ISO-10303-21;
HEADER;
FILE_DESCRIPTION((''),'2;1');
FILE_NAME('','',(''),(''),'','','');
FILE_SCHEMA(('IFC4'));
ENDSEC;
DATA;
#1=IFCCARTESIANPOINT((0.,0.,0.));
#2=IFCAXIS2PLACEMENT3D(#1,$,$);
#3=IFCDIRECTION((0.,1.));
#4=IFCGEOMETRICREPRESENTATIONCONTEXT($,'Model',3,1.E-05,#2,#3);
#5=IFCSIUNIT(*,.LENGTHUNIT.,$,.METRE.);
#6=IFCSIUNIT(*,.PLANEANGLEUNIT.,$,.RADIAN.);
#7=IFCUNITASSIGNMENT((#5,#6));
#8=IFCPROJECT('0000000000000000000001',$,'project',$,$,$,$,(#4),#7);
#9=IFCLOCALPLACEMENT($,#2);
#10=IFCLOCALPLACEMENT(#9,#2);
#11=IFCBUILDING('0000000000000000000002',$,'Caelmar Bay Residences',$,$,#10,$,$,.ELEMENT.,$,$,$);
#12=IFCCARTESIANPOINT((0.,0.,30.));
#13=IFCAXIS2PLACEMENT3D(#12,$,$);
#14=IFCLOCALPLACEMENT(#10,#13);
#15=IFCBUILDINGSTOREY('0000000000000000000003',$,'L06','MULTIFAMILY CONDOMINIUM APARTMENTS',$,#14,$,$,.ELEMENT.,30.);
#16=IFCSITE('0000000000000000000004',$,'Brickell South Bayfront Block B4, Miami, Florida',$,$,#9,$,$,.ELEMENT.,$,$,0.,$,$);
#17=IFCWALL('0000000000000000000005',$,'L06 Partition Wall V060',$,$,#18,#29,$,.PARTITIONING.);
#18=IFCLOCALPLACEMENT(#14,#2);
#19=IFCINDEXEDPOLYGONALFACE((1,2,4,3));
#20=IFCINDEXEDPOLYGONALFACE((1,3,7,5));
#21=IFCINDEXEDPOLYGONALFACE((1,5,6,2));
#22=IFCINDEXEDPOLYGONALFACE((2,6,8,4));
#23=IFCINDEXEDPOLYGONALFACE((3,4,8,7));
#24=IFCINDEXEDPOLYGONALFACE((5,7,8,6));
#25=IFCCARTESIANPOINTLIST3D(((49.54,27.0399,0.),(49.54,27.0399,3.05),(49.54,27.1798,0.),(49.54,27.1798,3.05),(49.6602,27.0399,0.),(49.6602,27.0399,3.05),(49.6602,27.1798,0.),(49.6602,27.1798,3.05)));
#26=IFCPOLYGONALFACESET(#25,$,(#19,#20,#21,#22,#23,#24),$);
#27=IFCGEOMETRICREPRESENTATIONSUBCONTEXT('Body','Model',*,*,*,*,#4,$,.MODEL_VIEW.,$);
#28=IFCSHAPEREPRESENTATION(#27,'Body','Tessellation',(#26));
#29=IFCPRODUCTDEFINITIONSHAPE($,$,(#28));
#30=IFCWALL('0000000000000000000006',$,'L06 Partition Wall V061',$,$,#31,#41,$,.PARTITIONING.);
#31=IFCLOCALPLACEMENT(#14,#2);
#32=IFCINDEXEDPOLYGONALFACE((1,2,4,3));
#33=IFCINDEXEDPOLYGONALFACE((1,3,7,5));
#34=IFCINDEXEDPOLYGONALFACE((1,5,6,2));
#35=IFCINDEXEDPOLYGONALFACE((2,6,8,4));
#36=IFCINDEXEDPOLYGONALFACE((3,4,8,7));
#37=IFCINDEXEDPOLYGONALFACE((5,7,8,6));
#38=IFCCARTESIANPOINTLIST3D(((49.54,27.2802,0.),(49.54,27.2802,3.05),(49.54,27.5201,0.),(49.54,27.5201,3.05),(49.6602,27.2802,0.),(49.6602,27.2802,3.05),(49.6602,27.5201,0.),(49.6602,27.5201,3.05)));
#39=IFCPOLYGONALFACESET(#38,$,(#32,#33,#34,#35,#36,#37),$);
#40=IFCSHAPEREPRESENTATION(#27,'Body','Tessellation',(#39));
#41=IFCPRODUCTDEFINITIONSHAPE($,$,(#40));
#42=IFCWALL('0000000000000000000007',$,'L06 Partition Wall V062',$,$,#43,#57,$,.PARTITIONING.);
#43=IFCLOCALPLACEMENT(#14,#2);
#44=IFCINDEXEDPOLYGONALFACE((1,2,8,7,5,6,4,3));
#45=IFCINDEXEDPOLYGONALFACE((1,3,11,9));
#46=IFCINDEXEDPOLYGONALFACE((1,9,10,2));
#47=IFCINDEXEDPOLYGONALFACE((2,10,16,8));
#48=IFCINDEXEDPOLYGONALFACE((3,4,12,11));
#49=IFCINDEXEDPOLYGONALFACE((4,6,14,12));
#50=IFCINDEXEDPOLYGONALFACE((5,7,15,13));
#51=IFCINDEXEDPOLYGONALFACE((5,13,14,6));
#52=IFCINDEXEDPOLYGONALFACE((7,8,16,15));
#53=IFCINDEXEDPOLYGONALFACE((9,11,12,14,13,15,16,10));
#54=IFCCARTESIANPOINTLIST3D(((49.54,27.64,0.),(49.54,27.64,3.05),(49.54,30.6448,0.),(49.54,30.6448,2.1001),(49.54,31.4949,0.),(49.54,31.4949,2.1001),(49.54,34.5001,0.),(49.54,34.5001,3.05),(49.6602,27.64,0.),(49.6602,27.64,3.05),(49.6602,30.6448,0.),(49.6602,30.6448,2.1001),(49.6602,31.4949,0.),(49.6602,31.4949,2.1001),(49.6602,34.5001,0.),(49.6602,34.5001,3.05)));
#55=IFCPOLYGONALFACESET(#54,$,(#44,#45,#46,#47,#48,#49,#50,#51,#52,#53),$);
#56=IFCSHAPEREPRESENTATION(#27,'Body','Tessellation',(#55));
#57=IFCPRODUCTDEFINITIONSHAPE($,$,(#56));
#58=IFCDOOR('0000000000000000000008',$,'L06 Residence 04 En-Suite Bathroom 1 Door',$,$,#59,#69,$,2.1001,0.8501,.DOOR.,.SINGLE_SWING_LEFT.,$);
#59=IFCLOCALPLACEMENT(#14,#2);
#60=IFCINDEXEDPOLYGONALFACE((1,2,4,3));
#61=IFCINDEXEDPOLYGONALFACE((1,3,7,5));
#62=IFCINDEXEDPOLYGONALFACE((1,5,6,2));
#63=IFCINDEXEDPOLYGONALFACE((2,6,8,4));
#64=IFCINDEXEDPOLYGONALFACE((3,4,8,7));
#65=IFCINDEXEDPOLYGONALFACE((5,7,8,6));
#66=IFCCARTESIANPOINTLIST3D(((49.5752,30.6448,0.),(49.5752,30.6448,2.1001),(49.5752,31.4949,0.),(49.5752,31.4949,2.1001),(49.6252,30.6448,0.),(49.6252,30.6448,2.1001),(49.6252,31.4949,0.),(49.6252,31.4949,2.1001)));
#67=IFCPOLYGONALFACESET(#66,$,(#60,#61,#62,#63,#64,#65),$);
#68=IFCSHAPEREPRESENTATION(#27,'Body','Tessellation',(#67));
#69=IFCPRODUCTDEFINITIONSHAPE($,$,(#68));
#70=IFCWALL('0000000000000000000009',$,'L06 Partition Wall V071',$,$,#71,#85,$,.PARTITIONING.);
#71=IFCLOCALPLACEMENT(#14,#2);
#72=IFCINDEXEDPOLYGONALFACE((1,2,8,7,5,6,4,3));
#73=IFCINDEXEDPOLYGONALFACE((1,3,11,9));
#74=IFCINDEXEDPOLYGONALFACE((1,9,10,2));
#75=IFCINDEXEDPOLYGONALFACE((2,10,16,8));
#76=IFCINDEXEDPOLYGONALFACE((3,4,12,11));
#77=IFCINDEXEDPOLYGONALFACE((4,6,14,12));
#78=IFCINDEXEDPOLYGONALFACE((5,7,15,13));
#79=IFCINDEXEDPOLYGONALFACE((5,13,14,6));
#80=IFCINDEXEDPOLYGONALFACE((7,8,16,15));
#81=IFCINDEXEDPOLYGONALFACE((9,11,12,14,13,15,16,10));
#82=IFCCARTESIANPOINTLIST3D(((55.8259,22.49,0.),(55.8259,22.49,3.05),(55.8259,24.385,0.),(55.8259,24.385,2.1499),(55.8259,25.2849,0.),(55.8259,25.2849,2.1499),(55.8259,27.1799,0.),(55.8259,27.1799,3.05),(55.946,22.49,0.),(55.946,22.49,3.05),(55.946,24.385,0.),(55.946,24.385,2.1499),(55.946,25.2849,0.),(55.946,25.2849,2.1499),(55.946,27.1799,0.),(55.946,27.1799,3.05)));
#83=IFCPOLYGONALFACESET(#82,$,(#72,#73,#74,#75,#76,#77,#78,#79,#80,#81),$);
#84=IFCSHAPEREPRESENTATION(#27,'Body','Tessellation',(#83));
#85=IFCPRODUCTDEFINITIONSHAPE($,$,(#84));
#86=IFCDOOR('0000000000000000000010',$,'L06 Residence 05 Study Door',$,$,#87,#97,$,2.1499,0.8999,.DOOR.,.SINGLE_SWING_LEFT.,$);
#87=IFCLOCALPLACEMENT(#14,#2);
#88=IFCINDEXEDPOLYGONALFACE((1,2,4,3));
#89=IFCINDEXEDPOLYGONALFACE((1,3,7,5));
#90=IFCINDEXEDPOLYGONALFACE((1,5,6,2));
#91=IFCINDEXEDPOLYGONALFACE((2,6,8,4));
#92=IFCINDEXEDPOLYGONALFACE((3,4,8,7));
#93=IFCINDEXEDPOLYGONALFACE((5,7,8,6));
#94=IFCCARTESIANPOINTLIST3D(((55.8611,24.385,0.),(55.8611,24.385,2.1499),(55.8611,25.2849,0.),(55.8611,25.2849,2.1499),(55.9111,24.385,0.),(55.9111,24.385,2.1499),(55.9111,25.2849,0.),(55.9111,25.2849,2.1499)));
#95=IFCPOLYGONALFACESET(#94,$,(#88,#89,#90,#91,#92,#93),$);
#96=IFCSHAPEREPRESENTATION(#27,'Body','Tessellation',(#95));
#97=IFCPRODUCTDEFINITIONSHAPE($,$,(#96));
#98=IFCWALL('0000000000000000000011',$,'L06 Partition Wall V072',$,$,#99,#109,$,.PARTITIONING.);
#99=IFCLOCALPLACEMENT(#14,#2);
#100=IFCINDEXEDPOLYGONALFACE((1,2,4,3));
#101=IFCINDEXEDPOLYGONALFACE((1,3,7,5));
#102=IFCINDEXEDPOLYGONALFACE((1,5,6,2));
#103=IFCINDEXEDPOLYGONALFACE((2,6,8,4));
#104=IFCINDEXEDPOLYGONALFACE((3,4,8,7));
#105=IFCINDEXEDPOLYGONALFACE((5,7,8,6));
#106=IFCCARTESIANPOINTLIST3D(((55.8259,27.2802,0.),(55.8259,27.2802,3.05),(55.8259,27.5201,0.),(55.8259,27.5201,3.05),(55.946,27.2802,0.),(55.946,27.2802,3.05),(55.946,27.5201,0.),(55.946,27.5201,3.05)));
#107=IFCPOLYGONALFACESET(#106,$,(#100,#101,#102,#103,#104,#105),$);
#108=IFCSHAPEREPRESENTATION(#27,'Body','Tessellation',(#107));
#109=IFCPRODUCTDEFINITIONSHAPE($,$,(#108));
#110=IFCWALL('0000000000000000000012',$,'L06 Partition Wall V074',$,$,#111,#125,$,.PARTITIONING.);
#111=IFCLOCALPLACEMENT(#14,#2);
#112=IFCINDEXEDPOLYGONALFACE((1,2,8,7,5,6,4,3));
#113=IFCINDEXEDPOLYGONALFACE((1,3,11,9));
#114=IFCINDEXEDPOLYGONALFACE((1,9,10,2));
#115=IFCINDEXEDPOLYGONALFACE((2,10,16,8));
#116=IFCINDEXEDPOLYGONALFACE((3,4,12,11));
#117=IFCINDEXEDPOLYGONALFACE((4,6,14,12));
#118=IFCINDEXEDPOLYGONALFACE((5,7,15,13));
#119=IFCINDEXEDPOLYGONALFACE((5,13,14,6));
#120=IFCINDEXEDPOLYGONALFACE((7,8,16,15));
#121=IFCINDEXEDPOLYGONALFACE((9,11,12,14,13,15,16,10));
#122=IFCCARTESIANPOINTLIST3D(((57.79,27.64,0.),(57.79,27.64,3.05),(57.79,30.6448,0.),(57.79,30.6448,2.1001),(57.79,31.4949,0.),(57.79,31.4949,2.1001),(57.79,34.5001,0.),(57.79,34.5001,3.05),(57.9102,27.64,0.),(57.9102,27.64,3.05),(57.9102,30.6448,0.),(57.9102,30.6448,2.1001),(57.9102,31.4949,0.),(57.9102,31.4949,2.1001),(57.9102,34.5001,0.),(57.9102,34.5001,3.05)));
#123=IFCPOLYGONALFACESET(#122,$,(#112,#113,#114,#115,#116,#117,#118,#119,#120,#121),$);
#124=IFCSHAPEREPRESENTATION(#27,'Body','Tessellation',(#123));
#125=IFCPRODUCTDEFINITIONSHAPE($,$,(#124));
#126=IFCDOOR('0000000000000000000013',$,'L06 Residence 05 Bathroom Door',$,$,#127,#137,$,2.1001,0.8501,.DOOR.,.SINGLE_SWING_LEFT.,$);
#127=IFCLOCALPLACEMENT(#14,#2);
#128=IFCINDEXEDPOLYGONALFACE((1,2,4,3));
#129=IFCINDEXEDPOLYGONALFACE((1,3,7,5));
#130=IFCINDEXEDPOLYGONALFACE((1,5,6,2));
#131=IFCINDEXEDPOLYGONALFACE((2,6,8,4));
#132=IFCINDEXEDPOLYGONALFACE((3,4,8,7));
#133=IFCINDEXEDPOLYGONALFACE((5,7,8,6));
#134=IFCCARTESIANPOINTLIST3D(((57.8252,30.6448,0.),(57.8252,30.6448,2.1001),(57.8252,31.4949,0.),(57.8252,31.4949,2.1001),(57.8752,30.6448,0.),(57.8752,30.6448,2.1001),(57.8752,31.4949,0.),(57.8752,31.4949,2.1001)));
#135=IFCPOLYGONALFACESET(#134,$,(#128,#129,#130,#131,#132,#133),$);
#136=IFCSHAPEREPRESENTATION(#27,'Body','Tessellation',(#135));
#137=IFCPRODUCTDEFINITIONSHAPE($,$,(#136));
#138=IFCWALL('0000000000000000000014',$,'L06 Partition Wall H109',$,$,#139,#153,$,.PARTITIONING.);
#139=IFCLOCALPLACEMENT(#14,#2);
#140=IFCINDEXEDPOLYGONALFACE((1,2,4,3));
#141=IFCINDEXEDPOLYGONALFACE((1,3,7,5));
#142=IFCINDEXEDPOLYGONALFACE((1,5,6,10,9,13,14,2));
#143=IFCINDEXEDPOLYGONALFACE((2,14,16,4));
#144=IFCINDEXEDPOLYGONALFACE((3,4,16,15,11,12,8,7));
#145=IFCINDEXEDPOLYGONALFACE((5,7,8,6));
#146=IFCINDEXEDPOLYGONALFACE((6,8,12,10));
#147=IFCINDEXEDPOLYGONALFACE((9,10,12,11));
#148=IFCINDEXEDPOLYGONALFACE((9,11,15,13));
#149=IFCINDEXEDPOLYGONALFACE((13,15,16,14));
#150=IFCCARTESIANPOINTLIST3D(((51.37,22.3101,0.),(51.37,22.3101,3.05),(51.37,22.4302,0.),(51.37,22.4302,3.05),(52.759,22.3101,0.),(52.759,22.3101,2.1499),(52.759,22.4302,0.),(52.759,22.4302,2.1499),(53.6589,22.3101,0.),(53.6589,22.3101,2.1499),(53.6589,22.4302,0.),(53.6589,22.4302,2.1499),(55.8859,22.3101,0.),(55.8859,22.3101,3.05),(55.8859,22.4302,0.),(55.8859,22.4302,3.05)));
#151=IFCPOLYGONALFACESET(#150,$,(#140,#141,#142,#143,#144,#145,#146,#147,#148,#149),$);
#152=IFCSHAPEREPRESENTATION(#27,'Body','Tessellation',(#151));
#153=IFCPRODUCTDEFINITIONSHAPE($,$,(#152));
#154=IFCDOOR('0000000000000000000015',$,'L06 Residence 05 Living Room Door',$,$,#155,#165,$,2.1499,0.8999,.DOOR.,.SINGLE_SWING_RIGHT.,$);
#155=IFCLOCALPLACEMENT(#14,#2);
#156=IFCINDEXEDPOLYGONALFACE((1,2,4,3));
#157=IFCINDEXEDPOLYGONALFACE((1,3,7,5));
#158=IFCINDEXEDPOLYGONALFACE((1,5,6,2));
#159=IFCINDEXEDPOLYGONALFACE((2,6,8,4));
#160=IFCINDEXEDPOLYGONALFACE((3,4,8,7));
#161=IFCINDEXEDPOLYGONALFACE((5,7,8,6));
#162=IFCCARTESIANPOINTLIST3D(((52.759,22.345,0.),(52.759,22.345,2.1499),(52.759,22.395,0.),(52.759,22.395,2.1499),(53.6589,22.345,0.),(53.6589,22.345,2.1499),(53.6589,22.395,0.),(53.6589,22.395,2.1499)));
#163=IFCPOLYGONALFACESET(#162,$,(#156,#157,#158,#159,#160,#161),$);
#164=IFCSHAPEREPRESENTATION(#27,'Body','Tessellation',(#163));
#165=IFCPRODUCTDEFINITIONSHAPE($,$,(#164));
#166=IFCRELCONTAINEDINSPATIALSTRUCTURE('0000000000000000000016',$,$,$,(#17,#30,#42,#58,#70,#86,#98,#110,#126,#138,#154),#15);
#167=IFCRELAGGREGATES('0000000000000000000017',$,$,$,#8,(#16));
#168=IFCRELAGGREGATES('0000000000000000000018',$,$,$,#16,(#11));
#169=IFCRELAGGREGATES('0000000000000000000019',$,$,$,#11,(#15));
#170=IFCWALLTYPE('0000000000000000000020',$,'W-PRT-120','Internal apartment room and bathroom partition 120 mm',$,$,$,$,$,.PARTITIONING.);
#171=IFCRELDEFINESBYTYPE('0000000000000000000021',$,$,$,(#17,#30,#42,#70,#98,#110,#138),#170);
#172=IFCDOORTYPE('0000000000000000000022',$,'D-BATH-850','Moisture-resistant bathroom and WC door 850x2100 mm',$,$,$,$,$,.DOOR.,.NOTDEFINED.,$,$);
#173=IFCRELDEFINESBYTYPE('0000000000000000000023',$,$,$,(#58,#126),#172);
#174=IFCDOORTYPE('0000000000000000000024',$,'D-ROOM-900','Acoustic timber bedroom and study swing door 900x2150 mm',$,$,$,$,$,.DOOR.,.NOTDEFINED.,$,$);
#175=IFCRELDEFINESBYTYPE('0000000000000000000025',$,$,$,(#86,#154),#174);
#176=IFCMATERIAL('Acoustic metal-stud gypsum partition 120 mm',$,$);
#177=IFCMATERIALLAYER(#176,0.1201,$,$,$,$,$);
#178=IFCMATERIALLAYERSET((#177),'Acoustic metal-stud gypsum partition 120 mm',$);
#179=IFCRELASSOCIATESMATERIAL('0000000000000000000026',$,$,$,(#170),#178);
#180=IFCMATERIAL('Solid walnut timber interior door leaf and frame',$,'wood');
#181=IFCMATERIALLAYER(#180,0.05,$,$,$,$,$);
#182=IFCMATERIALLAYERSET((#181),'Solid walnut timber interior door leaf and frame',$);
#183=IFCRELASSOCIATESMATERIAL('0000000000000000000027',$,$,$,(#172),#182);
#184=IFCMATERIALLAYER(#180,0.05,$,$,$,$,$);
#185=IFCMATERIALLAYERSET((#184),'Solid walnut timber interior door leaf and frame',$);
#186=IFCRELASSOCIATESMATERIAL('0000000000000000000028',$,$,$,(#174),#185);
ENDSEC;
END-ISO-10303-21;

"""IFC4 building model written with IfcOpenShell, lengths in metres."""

from ifc_helpers import new_model, si_unit, direction, frame, frame_2d, origin, place, context, subcontext, project, spatial, rectangle, extrude, material, layer, layer_set, type_object, element, fill, save


model = new_model("IFC4")

# Units and contexts
model_context = context("Model", 3, precision=1e-05, world=origin(), true_north=direction((0.0, 1.0)))
body_context = subcontext(model_context, "Body", "Model", "MODEL_VIEW")
ifc_project = project(units=[si_unit("LENGTHUNIT", "METRE"), si_unit("PLANEANGLEUNIT", "RADIAN")], contexts=[model_context])

# Site, building, storey
site_placement = place(None, origin())
site = spatial("IfcSite", under=ifc_project, at=site_placement, Name="Brickell South Bayfront Block B4, Miami, Florida", CompositionType="ELEMENT", RefElevation=0.0)
building_placement = place(site_placement, origin())
building = spatial("IfcBuilding", under=site, at=building_placement, Name="Caelmar Bay Residences", CompositionType="ELEMENT")
storey_placement = place(building_placement, frame((0.0, 0.0, 30.0)))
storey = spatial("IfcBuildingStorey", under=building, at=storey_placement, Name="L06", Description="MULTIFAMILY CONDOMINIUM APARTMENTS", CompositionType="ELEMENT", Elevation=30.0)

# Walls
ifc_material_1 = material(Name="Acoustic metal-stud gypsum partition 120 mm")
ifc_layer_1 = layer(ifc_material_1, 0.1201)
ifc_layer_set_1 = layer_set([ifc_layer_1], Name="Acoustic metal-stud gypsum partition 120 mm")
wall_type_1 = type_object("IfcWallType", Name="W-PRT-120", Description="Internal apartment room and bathroom partition 120 mm", PredefinedType="PARTITIONING", material=ifc_layer_set_1)
wall_1_placement = place(storey_placement, frame((49.6001, 27.04, 0.0), z_axis=(0.0, 0.0, 1.0), x_axis=(0.0, 1.0, 0.0)))
element("IfcWall", 1, at=wall_1_placement, inside=storey, type_object=wall_type_1, Name="L06 Partition Wall V060", PredefinedType="PARTITIONING", context=body_context, shape_type="SweptSolid", body=[
    extrude(rectangle(XDim=0.1399, YDim=0.1201, at=frame_2d((0.0698, 0.0))), origin(), (0.0, 0.0, 1.0), 3.05),
])
wall_2_placement = place(storey_placement, frame((49.6001, 27.28, 0.0), z_axis=(0.0, 0.0, 1.0), x_axis=(0.0, 1.0, 0.0)))
element("IfcWall", 2, at=wall_2_placement, inside=storey, type_object=wall_type_1, Name="L06 Partition Wall V061", PredefinedType="PARTITIONING", context=body_context, shape_type="SweptSolid", body=[
    extrude(rectangle(XDim=0.24, YDim=0.1201, at=frame_2d((0.1201, 0.0))), origin(), (0.0, 0.0, 1.0), 3.05),
])

# Walls, openings, doors
wall_3_placement = place(storey_placement, frame((49.6001, 27.6399, 0.0), z_axis=(0.0, 0.0, 1.0), x_axis=(0.0, 1.0, 0.0)))
wall_3 = element("IfcWall", 3, at=wall_3_placement, inside=storey, type_object=wall_type_1, Name="L06 Partition Wall V062", PredefinedType="PARTITIONING", context=body_context, shape_type="SweptSolid", body=[
    extrude(rectangle(XDim=6.8601, YDim=0.1201, at=frame_2d((3.4302, 0.0))), origin(), (0.0, 0.0, 1.0), 3.05),
])
opening_1_placement = place(wall_3_placement, frame((3.0049, 0.0, 0.0)))
opening_1 = element("IfcOpeningElement", 4, at=opening_1_placement, cuts=wall_3, PredefinedType="OPENING", context=body_context, shape_type="SweptSolid", body=[
    extrude(rectangle(XDim=0.8501, YDim=2.1001, at=frame_2d((0.425, 1.05))), frame((0.0, 0.0701, 0.0), z_axis=(0.0, -1.0, 0.0), x_axis=(1.0, 0.0, 0.0)), (0.0, 0.0, 1.0), 0.1401),
])
ifc_material_2 = material(Name="Solid walnut timber interior door leaf and frame", Category="wood")
ifc_layer_2 = layer(ifc_material_2, 0.05)
ifc_layer_set_2 = layer_set([ifc_layer_2], Name="Solid walnut timber interior door leaf and frame")
door_type_1 = type_object("IfcDoorType", Name="D-BATH-850", Description="Moisture-resistant bathroom and WC door 850x2100 mm", OperationType="NOTDEFINED", PredefinedType="DOOR", material=ifc_layer_set_2)
door_1_placement = place(opening_1_placement, origin())
door_1 = element("IfcDoor", 5, at=door_1_placement, inside=storey, type_object=door_type_1, Name="L06 Residence 04 En-Suite Bathroom 1 Door", OperationType="SINGLE_SWING_LEFT", OverallHeight=2.1001, OverallWidth=0.8501, PredefinedType="DOOR", context=body_context, shape_type="SweptSolid", body=[
    extrude(rectangle(XDim=0.8501, YDim=2.1001, at=frame_2d((0.425, 1.05))), frame((0.0, 0.0249, 0.0), z_axis=(0.0, -1.0, 0.0), x_axis=(1.0, 0.0, 0.0)), (0.0, 0.0, 1.0), 0.05),
])
fill(opening_1, door_1)
wall_4_placement = place(storey_placement, frame((55.886, 22.49, 0.0), z_axis=(0.0, 0.0, 1.0), x_axis=(0.0, 1.0, 0.0)))
wall_4 = element("IfcWall", 6, at=wall_4_placement, inside=storey, type_object=wall_type_1, Name="L06 Partition Wall V071", PredefinedType="PARTITIONING", context=body_context, shape_type="SweptSolid", body=[
    extrude(rectangle(XDim=4.6899, YDim=0.1201, at=frame_2d((2.345, 0.0))), origin(), (0.0, 0.0, 1.0), 3.05),
])
opening_2_placement = place(wall_4_placement, frame((1.895, 0.0, 0.0)))
opening_2 = element("IfcOpeningElement", 7, at=opening_2_placement, cuts=wall_4, PredefinedType="OPENING", context=body_context, shape_type="SweptSolid", body=[
    extrude(rectangle(XDim=0.8999, YDim=2.1499, at=frame_2d((0.45, 1.075))), frame((0.0, 0.0701, 0.0), z_axis=(0.0, -1.0, 0.0), x_axis=(1.0, 0.0, 0.0)), (0.0, 0.0, 1.0), 0.1401),
])
ifc_layer_3 = layer(ifc_material_2, 0.05)
ifc_layer_set_3 = layer_set([ifc_layer_3], Name="Solid walnut timber interior door leaf and frame")
door_type_2 = type_object("IfcDoorType", Name="D-ROOM-900", Description="Acoustic timber bedroom and study swing door 900x2150 mm", OperationType="NOTDEFINED", PredefinedType="DOOR", material=ifc_layer_set_3)
door_2_placement = place(opening_2_placement, origin())
door_2 = element("IfcDoor", 8, at=door_2_placement, inside=storey, type_object=door_type_2, Name="L06 Residence 05 Study Door", OperationType="SINGLE_SWING_LEFT", OverallHeight=2.1499, OverallWidth=0.8999, PredefinedType="DOOR", context=body_context, shape_type="SweptSolid", body=[
    extrude(rectangle(XDim=0.8999, YDim=2.1499, at=frame_2d((0.45, 1.075))), frame((0.0, 0.0249, 0.0), z_axis=(0.0, -1.0, 0.0), x_axis=(1.0, 0.0, 0.0)), (0.0, 0.0, 1.0), 0.05),
])
fill(opening_2, door_2)

# Wall
wall_5_placement = place(storey_placement, frame((55.886, 27.28, 0.0), z_axis=(0.0, 0.0, 1.0), x_axis=(0.0, 1.0, 0.0)))
element("IfcWall", 9, at=wall_5_placement, inside=storey, type_object=wall_type_1, Name="L06 Partition Wall V072", PredefinedType="PARTITIONING", context=body_context, shape_type="SweptSolid", body=[
    extrude(rectangle(XDim=0.24, YDim=0.1201, at=frame_2d((0.1201, 0.0))), origin(), (0.0, 0.0, 1.0), 3.05),
])

# Walls, openings, doors
wall_6_placement = place(storey_placement, frame((57.8501, 27.6399, 0.0), z_axis=(0.0, 0.0, 1.0), x_axis=(0.0, 1.0, 0.0)))
wall_6 = element("IfcWall", 10, at=wall_6_placement, inside=storey, type_object=wall_type_1, Name="L06 Partition Wall V074", PredefinedType="PARTITIONING", context=body_context, shape_type="SweptSolid", body=[
    extrude(rectangle(XDim=6.8601, YDim=0.1201, at=frame_2d((3.4302, 0.0))), origin(), (0.0, 0.0, 1.0), 3.05),
])
opening_3_placement = place(wall_6_placement, frame((3.0049, 0.0, 0.0)))
opening_3 = element("IfcOpeningElement", 11, at=opening_3_placement, cuts=wall_6, PredefinedType="OPENING", context=body_context, shape_type="SweptSolid", body=[
    extrude(rectangle(XDim=0.8501, YDim=2.1001, at=frame_2d((0.425, 1.05))), frame((0.0, 0.0701, 0.0), z_axis=(0.0, -1.0, 0.0), x_axis=(1.0, 0.0, 0.0)), (0.0, 0.0, 1.0), 0.1401),
])
door_3_placement = place(opening_3_placement, origin())
door_3 = element("IfcDoor", 12, at=door_3_placement, inside=storey, type_object=door_type_1, Name="L06 Residence 05 Bathroom Door", OperationType="SINGLE_SWING_LEFT", OverallHeight=2.1001, OverallWidth=0.8501, PredefinedType="DOOR", context=body_context, shape_type="SweptSolid", body=[
    extrude(rectangle(XDim=0.8501, YDim=2.1001, at=frame_2d((0.425, 1.05))), frame((0.0, 0.0249, 0.0), z_axis=(0.0, -1.0, 0.0), x_axis=(1.0, 0.0, 0.0)), (0.0, 0.0, 1.0), 0.05),
])
fill(opening_3, door_3)
wall_7_placement = place(storey_placement, frame((51.3701, 22.3701, 0.0), z_axis=(0.0, 0.0, 1.0), x_axis=(1.0, 0.0, 0.0)))
wall_7 = element("IfcWall", 13, at=wall_7_placement, inside=storey, type_object=wall_type_1, Name="L06 Partition Wall H109", PredefinedType="PARTITIONING", context=body_context, shape_type="SweptSolid", body=[
    extrude(rectangle(XDim=4.5159, YDim=0.1201, at=frame_2d((2.2578, 0.0))), origin(), (0.0, 0.0, 1.0), 3.05),
])
opening_4_placement = place(wall_7_placement, frame((1.3889, 0.0, 0.0)))
opening_4 = element("IfcOpeningElement", 14, at=opening_4_placement, cuts=wall_7, PredefinedType="OPENING", context=body_context, shape_type="SweptSolid", body=[
    extrude(rectangle(XDim=0.8999, YDim=2.1499, at=frame_2d((0.45, 1.075))), frame((0.0, 0.0701, 0.0), z_axis=(0.0, -1.0, 0.0), x_axis=(1.0, 0.0, 0.0)), (0.0, 0.0, 1.0), 0.1401),
])
door_4_placement = place(opening_4_placement, origin())
door_4 = element("IfcDoor", 15, at=door_4_placement, inside=storey, type_object=door_type_2, Name="L06 Residence 05 Living Room Door", OperationType="SINGLE_SWING_RIGHT", OverallHeight=2.1499, OverallWidth=0.8999, PredefinedType="DOOR", context=body_context, shape_type="SweptSolid", body=[
    extrude(rectangle(XDim=0.8999, YDim=2.1499, at=frame_2d((0.45, 1.075))), frame((0.0, 0.0249, 0.0), z_axis=(0.0, -1.0, 0.0), x_axis=(1.0, 0.0, 0.0)), (0.0, 0.0, 1.0), 0.05),
])
fill(opening_4, door_4)

save(model, "model.ifc")
